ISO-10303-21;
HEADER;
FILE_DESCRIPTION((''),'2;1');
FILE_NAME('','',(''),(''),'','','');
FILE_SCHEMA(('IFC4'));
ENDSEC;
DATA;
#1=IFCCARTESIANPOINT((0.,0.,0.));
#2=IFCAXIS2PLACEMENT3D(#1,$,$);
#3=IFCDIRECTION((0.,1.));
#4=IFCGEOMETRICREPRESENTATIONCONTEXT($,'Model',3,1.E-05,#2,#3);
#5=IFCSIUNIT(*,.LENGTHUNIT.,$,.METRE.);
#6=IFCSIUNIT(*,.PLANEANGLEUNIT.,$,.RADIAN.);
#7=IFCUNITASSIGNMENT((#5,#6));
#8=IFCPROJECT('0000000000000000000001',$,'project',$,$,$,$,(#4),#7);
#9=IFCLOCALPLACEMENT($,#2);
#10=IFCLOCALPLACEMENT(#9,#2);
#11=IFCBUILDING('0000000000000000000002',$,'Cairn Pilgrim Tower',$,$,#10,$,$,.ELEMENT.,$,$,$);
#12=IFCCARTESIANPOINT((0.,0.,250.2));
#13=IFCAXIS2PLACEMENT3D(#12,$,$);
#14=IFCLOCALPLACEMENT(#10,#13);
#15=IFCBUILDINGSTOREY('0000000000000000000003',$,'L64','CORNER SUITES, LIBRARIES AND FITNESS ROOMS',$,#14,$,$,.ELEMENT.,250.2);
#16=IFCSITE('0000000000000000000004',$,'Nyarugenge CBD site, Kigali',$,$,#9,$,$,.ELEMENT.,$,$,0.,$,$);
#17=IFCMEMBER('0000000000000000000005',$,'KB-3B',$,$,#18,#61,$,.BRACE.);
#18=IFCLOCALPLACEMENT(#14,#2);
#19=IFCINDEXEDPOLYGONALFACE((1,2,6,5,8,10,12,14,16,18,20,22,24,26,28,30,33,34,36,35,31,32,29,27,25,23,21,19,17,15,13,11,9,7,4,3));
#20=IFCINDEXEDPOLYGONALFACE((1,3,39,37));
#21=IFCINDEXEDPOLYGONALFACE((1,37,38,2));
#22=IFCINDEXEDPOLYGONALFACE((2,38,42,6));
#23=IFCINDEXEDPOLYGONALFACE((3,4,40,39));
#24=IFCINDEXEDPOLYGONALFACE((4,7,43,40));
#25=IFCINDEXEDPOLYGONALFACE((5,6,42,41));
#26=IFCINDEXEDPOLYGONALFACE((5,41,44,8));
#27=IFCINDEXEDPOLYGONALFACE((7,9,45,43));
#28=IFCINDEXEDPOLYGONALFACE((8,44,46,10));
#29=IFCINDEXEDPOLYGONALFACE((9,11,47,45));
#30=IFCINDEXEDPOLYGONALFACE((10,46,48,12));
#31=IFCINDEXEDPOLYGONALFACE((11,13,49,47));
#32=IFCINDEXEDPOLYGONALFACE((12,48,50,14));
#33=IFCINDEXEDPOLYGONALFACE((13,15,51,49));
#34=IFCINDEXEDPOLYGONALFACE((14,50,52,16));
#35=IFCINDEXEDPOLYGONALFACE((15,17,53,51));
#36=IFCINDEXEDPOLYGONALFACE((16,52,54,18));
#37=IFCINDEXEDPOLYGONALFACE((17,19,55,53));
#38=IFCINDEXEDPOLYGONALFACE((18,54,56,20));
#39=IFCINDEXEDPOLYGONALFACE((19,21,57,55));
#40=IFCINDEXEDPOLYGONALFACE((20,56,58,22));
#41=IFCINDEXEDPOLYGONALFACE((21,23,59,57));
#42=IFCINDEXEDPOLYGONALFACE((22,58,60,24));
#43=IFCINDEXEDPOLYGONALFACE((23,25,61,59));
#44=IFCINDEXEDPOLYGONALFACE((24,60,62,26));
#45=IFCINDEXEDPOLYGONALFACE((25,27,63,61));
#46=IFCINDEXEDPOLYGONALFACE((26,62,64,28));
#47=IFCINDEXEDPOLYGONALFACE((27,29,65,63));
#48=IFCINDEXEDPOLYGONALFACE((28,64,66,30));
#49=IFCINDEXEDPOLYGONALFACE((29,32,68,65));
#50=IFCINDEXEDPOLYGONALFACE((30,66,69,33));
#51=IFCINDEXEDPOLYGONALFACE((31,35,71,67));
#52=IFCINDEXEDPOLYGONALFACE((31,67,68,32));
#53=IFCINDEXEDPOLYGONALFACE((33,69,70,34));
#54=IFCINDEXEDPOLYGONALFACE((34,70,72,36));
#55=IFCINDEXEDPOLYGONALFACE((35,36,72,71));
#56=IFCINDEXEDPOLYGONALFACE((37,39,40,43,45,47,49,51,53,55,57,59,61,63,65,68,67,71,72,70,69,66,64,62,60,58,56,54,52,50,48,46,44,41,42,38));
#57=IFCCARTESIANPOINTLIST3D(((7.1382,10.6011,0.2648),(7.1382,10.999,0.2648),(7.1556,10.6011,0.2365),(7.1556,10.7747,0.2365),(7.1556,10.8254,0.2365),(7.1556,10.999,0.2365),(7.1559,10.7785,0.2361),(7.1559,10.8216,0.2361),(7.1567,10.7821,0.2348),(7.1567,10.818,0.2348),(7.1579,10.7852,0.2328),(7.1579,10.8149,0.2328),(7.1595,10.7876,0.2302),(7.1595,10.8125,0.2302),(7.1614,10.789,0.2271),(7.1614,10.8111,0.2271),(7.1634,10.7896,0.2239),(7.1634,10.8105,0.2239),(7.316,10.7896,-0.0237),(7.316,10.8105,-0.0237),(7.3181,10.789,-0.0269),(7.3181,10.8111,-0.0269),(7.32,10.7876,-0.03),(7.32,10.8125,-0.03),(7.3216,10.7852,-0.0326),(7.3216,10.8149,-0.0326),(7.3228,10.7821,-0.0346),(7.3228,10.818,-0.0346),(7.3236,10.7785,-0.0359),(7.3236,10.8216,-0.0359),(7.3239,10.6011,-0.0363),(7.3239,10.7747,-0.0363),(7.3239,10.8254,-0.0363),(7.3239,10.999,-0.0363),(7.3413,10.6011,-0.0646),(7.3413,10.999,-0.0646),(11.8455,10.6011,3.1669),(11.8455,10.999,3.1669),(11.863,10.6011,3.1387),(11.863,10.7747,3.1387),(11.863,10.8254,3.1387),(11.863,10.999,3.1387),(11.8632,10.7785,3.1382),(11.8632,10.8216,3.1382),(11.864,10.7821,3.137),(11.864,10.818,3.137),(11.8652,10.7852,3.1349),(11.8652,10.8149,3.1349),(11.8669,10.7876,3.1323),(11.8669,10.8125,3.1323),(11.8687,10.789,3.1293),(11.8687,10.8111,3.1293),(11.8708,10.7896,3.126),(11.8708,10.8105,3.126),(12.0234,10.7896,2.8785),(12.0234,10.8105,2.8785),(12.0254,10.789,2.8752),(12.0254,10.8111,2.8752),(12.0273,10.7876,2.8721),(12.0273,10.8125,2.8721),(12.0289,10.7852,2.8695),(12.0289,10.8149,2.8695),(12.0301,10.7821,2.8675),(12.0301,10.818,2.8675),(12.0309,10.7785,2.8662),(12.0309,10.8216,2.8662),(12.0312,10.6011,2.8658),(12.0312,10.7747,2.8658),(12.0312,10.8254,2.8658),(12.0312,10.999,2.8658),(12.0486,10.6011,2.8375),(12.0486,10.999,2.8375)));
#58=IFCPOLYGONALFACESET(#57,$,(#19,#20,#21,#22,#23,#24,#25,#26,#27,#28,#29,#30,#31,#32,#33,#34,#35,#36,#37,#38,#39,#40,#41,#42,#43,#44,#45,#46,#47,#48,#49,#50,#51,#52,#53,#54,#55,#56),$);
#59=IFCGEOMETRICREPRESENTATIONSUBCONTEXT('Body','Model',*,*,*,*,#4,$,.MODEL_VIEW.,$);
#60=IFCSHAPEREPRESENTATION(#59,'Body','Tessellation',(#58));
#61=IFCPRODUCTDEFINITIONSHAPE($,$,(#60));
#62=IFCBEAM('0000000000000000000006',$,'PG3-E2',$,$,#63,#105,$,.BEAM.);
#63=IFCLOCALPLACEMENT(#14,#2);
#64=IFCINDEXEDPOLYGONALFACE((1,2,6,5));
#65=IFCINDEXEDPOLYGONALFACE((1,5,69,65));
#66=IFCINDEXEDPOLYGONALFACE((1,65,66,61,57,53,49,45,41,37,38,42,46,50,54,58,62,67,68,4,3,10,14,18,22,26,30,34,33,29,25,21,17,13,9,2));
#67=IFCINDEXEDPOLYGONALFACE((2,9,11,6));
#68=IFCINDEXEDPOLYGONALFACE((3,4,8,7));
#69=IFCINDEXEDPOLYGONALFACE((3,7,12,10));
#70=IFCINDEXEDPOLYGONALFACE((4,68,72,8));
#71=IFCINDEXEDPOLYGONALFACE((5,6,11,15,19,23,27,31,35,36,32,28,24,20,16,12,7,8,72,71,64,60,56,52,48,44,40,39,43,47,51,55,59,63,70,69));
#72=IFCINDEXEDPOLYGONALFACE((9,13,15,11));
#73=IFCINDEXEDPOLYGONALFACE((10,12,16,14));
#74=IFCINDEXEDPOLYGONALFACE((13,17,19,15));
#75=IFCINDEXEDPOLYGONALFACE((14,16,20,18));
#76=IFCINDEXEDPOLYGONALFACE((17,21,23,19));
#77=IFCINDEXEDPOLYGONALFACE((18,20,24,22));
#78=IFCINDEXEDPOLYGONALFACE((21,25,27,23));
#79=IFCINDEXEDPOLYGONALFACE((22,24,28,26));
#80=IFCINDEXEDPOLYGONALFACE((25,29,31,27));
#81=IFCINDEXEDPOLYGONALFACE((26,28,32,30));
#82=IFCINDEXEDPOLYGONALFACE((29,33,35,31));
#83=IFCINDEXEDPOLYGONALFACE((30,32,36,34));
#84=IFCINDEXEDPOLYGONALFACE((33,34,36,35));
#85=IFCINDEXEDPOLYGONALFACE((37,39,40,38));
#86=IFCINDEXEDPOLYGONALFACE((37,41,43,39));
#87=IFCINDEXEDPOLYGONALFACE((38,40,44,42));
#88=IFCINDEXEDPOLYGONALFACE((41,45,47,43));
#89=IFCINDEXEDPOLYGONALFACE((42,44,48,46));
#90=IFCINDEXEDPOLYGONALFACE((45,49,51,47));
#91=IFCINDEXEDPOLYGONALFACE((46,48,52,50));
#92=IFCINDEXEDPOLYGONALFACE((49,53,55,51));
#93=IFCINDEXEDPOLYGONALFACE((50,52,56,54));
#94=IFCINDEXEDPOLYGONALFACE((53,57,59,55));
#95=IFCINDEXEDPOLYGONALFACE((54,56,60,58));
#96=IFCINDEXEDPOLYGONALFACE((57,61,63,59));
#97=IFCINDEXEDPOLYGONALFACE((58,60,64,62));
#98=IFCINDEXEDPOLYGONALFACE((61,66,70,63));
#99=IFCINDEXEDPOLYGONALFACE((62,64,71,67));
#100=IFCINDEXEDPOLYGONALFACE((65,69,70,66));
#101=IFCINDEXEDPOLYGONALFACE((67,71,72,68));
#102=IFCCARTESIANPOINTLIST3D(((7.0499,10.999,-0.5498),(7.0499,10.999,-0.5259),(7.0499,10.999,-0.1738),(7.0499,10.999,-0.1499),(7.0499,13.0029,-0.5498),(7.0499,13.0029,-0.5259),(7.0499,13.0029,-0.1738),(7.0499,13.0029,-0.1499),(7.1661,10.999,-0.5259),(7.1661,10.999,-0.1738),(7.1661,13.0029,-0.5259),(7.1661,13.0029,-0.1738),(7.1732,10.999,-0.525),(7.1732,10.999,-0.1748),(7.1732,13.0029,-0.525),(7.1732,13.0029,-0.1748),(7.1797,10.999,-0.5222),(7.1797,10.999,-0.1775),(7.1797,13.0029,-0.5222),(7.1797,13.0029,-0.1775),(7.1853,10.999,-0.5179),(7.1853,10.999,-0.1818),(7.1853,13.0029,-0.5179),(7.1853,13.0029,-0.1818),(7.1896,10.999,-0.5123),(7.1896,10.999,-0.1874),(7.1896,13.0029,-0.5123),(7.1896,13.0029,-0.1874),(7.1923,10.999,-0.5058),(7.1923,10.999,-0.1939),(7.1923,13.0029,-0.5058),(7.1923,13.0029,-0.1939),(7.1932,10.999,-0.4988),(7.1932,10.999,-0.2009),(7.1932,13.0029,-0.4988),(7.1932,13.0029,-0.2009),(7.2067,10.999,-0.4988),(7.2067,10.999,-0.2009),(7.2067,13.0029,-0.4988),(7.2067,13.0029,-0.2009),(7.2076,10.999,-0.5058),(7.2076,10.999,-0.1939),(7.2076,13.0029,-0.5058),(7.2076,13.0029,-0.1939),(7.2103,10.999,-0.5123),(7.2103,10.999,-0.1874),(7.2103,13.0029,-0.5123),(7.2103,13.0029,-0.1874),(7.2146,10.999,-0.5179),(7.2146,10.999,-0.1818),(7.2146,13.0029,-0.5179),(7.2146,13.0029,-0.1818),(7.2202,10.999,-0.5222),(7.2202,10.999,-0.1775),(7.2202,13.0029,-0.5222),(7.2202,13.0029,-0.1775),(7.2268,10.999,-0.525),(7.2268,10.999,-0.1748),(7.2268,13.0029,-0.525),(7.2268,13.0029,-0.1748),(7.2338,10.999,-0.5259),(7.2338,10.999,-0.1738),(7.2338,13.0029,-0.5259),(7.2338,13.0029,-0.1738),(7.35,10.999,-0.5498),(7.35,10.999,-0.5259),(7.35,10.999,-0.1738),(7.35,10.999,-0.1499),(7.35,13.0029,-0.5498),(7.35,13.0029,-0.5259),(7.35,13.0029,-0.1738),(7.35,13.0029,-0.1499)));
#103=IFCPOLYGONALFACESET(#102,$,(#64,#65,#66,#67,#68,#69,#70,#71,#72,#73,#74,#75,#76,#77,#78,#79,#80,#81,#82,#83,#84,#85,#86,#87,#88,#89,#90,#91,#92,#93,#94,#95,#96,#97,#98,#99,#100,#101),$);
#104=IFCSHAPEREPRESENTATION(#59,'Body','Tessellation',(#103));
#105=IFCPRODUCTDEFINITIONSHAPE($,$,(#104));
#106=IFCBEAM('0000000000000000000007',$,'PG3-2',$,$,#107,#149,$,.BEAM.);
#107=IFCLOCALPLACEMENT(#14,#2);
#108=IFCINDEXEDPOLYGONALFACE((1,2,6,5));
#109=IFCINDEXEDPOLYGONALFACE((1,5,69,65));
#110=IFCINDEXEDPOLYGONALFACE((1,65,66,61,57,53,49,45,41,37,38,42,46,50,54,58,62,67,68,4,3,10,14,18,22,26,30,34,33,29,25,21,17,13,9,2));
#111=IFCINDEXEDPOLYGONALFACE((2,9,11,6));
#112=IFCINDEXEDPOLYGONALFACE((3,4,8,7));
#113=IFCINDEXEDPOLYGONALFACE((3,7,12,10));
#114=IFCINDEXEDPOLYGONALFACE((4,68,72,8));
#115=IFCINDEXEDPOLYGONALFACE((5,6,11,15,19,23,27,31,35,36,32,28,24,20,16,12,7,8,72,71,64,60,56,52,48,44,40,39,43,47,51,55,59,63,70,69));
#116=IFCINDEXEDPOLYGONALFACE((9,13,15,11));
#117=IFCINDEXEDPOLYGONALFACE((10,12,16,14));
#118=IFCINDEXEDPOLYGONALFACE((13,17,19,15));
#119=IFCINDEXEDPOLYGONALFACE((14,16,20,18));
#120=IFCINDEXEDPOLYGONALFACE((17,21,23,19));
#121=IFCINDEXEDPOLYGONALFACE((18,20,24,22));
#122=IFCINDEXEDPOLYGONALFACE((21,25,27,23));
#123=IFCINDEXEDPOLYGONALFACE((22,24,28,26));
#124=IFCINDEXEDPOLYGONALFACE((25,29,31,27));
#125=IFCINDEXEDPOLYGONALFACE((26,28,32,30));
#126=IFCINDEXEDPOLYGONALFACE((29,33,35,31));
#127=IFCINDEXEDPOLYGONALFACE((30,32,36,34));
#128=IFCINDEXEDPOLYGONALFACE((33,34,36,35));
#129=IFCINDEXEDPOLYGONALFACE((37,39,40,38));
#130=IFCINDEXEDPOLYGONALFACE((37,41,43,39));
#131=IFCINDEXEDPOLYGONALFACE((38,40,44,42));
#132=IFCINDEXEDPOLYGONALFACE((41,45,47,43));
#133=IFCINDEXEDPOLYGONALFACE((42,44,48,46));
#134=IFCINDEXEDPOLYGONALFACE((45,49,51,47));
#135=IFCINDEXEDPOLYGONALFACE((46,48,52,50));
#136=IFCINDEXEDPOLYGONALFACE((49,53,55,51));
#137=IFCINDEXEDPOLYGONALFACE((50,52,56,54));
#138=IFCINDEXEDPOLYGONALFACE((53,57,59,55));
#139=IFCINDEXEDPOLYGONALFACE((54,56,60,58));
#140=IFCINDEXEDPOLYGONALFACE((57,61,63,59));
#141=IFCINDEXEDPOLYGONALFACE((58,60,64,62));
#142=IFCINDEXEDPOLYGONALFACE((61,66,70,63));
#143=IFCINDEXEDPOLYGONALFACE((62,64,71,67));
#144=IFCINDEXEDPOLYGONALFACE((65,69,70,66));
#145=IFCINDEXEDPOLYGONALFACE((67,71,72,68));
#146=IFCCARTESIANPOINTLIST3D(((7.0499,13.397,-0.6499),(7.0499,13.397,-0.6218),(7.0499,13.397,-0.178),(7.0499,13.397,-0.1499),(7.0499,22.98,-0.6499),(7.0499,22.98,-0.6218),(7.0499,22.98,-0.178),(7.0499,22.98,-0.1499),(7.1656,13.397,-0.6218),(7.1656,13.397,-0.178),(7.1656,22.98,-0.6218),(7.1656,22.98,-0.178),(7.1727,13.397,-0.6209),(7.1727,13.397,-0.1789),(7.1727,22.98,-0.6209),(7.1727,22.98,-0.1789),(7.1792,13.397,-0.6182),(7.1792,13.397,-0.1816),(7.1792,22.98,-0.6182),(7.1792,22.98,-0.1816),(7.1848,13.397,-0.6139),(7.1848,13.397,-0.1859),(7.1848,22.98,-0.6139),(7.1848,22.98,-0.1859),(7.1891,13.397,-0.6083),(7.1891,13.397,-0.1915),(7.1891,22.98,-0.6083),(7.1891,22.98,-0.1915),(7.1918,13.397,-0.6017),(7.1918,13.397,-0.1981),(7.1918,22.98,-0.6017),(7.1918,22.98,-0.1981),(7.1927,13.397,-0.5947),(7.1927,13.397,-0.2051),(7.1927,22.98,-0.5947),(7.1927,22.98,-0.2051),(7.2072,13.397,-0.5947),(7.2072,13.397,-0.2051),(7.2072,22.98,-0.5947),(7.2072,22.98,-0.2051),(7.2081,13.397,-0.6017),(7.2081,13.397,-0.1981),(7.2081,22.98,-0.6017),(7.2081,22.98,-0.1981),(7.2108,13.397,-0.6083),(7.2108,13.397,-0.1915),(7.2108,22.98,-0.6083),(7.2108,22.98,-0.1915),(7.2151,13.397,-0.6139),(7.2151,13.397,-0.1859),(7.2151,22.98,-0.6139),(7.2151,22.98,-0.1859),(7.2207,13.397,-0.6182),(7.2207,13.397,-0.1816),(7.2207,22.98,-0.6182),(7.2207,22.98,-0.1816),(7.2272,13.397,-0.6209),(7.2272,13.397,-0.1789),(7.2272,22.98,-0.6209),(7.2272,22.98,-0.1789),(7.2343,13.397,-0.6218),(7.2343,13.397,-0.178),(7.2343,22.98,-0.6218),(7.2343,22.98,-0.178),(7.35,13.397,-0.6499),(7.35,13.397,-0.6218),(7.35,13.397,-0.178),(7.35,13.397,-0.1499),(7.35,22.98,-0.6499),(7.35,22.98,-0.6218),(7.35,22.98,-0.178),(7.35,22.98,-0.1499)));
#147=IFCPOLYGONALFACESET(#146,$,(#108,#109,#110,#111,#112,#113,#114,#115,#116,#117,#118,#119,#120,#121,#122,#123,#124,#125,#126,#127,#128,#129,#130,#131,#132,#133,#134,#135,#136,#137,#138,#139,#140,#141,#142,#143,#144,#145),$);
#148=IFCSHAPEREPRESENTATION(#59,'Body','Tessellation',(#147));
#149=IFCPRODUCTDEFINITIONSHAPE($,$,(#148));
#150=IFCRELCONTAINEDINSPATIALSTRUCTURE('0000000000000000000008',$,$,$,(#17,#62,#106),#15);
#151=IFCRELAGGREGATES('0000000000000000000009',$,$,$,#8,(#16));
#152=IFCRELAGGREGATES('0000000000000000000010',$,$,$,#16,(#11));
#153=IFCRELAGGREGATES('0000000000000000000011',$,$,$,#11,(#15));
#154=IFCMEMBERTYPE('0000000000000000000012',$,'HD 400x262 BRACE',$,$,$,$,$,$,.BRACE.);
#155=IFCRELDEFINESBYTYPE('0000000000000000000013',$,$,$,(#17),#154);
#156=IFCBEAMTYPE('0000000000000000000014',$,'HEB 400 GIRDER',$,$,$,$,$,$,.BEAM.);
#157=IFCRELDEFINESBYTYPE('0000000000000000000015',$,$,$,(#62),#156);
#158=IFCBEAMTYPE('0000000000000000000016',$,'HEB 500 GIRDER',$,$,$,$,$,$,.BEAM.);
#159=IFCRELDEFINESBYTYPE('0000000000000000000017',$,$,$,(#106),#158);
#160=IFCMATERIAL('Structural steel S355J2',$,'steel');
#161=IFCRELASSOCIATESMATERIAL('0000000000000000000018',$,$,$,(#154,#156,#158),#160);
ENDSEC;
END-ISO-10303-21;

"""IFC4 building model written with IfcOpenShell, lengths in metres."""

from ifc_helpers import new_model, si_unit, direction, frame, origin, origin_2d, place, context, subcontext, project, spatial, i_section, extrude, material, material_profile, profile_set, type_object, element, save


model = new_model("IFC4")

# Units and contexts
model_context = context("Model", 3, precision=1e-05, world=origin(), true_north=direction((0.0, 1.0)))
body_context = subcontext(model_context, "Body", "Model", "MODEL_VIEW")
ifc_project = project(units=[si_unit("LENGTHUNIT", "METRE"), si_unit("PLANEANGLEUNIT", "RADIAN")], contexts=[model_context])

# Site, building, storey
site_placement = place(None, origin())
site = spatial("IfcSite", under=ifc_project, at=site_placement, Name="Nyarugenge CBD site, Kigali", CompositionType="ELEMENT", RefElevation=0.0)
building_placement = place(site_placement, origin())
building = spatial("IfcBuilding", under=site, at=building_placement, Name="Cairn Pilgrim Tower", CompositionType="ELEMENT")
storey_placement = place(building_placement, frame((0.0, 0.0, 250.2)))
storey = spatial("IfcBuildingStorey", under=building, at=storey_placement, Name="L64", Description="CORNER SUITES, LIBRARIES AND FITNESS ROOMS", CompositionType="ELEMENT", Elevation=250.2)

# Shared definitions
ifc_material_1 = material(Name="Structural steel S355J2", Category="steel")

# Member
ifc_material_profile_1 = material_profile(ifc_material_1, i_section(OverallWidth=0.3979, OverallDepth=0.387, WebThickness=0.021, FlangeThickness=0.0332, FilletRadius=0.0149, at=origin_2d()), Name="HD 400x262")
ifc_profile_set_1 = profile_set([ifc_material_profile_1], Name="Structural steel S355J2")
member_type_1 = type_object("IfcMemberType", Name="HD 400x262 BRACE", PredefinedType="BRACE", material=ifc_profile_set_1)
member_1_placement = place(storey_placement, frame((7.2397, 10.8, 0.1001), z_axis=(0.851229, 0.0, 0.524794), x_axis=(0.0, 1.0, 0.0)))
element("IfcMember", 1, at=member_1_placement, inside=storey, type_object=member_type_1, Name="KB-3B", PredefinedType="BRACE", context=body_context, shape_type="SweptSolid", body=[
    extrude(i_section(OverallWidth=0.3979, OverallDepth=0.387, WebThickness=0.021, FlangeThickness=0.0332, FilletRadius=0.0149, at=origin_2d()), origin(), (0.0, 0.0, 1.0), 5.53),
])

# Beams
ifc_material_profile_2 = material_profile(ifc_material_1, i_section(OverallWidth=0.3, OverallDepth=0.3999, WebThickness=0.0134, FlangeThickness=0.0239, FilletRadius=0.0271, at=origin_2d()), Name="HEB 400")
ifc_profile_set_2 = profile_set([ifc_material_profile_2], Name="Structural steel S355J2")
beam_type_1 = type_object("IfcBeamType", Name="HEB 400 GIRDER", PredefinedType="BEAM", material=ifc_profile_set_2)
beam_1_placement = place(storey_placement, frame((7.2, 10.999, -0.3499), z_axis=(0.0, 1.0, 0.0), x_axis=(-1.0, 0.0, 0.0)))
element("IfcBeam", 2, at=beam_1_placement, inside=storey, type_object=beam_type_1, Name="PG3-E2", PredefinedType="BEAM", context=body_context, shape_type="SweptSolid", body=[
    extrude(i_section(OverallWidth=0.3, OverallDepth=0.3999, WebThickness=0.0134, FlangeThickness=0.0239, FilletRadius=0.0271, at=origin_2d()), origin(), (0.0, 0.0, 1.0), 2.0039),
])
ifc_material_profile_3 = material_profile(ifc_material_1, i_section(OverallWidth=0.3, OverallDepth=0.5, WebThickness=0.0144, FlangeThickness=0.0281, FilletRadius=0.0271, at=origin_2d()), Name="HEB 500")
ifc_profile_set_3 = profile_set([ifc_material_profile_3], Name="Structural steel S355J2")
beam_type_2 = type_object("IfcBeamType", Name="HEB 500 GIRDER", PredefinedType="BEAM", material=ifc_profile_set_3)
beam_2_placement = place(storey_placement, frame((7.2, 13.397, -0.3999), z_axis=(0.0, 1.0, 0.0), x_axis=(-1.0, 0.0, 0.0)))
element("IfcBeam", 3, at=beam_2_placement, inside=storey, type_object=beam_type_2, Name="PG3-2", PredefinedType="BEAM", context=body_context, shape_type="SweptSolid", body=[
    extrude(i_section(OverallWidth=0.3, OverallDepth=0.5, WebThickness=0.0144, FlangeThickness=0.0281, FilletRadius=0.0271, at=origin_2d()), origin(), (0.0, 0.0, 1.0), 9.583),
])

save(model, "model.ifc")
